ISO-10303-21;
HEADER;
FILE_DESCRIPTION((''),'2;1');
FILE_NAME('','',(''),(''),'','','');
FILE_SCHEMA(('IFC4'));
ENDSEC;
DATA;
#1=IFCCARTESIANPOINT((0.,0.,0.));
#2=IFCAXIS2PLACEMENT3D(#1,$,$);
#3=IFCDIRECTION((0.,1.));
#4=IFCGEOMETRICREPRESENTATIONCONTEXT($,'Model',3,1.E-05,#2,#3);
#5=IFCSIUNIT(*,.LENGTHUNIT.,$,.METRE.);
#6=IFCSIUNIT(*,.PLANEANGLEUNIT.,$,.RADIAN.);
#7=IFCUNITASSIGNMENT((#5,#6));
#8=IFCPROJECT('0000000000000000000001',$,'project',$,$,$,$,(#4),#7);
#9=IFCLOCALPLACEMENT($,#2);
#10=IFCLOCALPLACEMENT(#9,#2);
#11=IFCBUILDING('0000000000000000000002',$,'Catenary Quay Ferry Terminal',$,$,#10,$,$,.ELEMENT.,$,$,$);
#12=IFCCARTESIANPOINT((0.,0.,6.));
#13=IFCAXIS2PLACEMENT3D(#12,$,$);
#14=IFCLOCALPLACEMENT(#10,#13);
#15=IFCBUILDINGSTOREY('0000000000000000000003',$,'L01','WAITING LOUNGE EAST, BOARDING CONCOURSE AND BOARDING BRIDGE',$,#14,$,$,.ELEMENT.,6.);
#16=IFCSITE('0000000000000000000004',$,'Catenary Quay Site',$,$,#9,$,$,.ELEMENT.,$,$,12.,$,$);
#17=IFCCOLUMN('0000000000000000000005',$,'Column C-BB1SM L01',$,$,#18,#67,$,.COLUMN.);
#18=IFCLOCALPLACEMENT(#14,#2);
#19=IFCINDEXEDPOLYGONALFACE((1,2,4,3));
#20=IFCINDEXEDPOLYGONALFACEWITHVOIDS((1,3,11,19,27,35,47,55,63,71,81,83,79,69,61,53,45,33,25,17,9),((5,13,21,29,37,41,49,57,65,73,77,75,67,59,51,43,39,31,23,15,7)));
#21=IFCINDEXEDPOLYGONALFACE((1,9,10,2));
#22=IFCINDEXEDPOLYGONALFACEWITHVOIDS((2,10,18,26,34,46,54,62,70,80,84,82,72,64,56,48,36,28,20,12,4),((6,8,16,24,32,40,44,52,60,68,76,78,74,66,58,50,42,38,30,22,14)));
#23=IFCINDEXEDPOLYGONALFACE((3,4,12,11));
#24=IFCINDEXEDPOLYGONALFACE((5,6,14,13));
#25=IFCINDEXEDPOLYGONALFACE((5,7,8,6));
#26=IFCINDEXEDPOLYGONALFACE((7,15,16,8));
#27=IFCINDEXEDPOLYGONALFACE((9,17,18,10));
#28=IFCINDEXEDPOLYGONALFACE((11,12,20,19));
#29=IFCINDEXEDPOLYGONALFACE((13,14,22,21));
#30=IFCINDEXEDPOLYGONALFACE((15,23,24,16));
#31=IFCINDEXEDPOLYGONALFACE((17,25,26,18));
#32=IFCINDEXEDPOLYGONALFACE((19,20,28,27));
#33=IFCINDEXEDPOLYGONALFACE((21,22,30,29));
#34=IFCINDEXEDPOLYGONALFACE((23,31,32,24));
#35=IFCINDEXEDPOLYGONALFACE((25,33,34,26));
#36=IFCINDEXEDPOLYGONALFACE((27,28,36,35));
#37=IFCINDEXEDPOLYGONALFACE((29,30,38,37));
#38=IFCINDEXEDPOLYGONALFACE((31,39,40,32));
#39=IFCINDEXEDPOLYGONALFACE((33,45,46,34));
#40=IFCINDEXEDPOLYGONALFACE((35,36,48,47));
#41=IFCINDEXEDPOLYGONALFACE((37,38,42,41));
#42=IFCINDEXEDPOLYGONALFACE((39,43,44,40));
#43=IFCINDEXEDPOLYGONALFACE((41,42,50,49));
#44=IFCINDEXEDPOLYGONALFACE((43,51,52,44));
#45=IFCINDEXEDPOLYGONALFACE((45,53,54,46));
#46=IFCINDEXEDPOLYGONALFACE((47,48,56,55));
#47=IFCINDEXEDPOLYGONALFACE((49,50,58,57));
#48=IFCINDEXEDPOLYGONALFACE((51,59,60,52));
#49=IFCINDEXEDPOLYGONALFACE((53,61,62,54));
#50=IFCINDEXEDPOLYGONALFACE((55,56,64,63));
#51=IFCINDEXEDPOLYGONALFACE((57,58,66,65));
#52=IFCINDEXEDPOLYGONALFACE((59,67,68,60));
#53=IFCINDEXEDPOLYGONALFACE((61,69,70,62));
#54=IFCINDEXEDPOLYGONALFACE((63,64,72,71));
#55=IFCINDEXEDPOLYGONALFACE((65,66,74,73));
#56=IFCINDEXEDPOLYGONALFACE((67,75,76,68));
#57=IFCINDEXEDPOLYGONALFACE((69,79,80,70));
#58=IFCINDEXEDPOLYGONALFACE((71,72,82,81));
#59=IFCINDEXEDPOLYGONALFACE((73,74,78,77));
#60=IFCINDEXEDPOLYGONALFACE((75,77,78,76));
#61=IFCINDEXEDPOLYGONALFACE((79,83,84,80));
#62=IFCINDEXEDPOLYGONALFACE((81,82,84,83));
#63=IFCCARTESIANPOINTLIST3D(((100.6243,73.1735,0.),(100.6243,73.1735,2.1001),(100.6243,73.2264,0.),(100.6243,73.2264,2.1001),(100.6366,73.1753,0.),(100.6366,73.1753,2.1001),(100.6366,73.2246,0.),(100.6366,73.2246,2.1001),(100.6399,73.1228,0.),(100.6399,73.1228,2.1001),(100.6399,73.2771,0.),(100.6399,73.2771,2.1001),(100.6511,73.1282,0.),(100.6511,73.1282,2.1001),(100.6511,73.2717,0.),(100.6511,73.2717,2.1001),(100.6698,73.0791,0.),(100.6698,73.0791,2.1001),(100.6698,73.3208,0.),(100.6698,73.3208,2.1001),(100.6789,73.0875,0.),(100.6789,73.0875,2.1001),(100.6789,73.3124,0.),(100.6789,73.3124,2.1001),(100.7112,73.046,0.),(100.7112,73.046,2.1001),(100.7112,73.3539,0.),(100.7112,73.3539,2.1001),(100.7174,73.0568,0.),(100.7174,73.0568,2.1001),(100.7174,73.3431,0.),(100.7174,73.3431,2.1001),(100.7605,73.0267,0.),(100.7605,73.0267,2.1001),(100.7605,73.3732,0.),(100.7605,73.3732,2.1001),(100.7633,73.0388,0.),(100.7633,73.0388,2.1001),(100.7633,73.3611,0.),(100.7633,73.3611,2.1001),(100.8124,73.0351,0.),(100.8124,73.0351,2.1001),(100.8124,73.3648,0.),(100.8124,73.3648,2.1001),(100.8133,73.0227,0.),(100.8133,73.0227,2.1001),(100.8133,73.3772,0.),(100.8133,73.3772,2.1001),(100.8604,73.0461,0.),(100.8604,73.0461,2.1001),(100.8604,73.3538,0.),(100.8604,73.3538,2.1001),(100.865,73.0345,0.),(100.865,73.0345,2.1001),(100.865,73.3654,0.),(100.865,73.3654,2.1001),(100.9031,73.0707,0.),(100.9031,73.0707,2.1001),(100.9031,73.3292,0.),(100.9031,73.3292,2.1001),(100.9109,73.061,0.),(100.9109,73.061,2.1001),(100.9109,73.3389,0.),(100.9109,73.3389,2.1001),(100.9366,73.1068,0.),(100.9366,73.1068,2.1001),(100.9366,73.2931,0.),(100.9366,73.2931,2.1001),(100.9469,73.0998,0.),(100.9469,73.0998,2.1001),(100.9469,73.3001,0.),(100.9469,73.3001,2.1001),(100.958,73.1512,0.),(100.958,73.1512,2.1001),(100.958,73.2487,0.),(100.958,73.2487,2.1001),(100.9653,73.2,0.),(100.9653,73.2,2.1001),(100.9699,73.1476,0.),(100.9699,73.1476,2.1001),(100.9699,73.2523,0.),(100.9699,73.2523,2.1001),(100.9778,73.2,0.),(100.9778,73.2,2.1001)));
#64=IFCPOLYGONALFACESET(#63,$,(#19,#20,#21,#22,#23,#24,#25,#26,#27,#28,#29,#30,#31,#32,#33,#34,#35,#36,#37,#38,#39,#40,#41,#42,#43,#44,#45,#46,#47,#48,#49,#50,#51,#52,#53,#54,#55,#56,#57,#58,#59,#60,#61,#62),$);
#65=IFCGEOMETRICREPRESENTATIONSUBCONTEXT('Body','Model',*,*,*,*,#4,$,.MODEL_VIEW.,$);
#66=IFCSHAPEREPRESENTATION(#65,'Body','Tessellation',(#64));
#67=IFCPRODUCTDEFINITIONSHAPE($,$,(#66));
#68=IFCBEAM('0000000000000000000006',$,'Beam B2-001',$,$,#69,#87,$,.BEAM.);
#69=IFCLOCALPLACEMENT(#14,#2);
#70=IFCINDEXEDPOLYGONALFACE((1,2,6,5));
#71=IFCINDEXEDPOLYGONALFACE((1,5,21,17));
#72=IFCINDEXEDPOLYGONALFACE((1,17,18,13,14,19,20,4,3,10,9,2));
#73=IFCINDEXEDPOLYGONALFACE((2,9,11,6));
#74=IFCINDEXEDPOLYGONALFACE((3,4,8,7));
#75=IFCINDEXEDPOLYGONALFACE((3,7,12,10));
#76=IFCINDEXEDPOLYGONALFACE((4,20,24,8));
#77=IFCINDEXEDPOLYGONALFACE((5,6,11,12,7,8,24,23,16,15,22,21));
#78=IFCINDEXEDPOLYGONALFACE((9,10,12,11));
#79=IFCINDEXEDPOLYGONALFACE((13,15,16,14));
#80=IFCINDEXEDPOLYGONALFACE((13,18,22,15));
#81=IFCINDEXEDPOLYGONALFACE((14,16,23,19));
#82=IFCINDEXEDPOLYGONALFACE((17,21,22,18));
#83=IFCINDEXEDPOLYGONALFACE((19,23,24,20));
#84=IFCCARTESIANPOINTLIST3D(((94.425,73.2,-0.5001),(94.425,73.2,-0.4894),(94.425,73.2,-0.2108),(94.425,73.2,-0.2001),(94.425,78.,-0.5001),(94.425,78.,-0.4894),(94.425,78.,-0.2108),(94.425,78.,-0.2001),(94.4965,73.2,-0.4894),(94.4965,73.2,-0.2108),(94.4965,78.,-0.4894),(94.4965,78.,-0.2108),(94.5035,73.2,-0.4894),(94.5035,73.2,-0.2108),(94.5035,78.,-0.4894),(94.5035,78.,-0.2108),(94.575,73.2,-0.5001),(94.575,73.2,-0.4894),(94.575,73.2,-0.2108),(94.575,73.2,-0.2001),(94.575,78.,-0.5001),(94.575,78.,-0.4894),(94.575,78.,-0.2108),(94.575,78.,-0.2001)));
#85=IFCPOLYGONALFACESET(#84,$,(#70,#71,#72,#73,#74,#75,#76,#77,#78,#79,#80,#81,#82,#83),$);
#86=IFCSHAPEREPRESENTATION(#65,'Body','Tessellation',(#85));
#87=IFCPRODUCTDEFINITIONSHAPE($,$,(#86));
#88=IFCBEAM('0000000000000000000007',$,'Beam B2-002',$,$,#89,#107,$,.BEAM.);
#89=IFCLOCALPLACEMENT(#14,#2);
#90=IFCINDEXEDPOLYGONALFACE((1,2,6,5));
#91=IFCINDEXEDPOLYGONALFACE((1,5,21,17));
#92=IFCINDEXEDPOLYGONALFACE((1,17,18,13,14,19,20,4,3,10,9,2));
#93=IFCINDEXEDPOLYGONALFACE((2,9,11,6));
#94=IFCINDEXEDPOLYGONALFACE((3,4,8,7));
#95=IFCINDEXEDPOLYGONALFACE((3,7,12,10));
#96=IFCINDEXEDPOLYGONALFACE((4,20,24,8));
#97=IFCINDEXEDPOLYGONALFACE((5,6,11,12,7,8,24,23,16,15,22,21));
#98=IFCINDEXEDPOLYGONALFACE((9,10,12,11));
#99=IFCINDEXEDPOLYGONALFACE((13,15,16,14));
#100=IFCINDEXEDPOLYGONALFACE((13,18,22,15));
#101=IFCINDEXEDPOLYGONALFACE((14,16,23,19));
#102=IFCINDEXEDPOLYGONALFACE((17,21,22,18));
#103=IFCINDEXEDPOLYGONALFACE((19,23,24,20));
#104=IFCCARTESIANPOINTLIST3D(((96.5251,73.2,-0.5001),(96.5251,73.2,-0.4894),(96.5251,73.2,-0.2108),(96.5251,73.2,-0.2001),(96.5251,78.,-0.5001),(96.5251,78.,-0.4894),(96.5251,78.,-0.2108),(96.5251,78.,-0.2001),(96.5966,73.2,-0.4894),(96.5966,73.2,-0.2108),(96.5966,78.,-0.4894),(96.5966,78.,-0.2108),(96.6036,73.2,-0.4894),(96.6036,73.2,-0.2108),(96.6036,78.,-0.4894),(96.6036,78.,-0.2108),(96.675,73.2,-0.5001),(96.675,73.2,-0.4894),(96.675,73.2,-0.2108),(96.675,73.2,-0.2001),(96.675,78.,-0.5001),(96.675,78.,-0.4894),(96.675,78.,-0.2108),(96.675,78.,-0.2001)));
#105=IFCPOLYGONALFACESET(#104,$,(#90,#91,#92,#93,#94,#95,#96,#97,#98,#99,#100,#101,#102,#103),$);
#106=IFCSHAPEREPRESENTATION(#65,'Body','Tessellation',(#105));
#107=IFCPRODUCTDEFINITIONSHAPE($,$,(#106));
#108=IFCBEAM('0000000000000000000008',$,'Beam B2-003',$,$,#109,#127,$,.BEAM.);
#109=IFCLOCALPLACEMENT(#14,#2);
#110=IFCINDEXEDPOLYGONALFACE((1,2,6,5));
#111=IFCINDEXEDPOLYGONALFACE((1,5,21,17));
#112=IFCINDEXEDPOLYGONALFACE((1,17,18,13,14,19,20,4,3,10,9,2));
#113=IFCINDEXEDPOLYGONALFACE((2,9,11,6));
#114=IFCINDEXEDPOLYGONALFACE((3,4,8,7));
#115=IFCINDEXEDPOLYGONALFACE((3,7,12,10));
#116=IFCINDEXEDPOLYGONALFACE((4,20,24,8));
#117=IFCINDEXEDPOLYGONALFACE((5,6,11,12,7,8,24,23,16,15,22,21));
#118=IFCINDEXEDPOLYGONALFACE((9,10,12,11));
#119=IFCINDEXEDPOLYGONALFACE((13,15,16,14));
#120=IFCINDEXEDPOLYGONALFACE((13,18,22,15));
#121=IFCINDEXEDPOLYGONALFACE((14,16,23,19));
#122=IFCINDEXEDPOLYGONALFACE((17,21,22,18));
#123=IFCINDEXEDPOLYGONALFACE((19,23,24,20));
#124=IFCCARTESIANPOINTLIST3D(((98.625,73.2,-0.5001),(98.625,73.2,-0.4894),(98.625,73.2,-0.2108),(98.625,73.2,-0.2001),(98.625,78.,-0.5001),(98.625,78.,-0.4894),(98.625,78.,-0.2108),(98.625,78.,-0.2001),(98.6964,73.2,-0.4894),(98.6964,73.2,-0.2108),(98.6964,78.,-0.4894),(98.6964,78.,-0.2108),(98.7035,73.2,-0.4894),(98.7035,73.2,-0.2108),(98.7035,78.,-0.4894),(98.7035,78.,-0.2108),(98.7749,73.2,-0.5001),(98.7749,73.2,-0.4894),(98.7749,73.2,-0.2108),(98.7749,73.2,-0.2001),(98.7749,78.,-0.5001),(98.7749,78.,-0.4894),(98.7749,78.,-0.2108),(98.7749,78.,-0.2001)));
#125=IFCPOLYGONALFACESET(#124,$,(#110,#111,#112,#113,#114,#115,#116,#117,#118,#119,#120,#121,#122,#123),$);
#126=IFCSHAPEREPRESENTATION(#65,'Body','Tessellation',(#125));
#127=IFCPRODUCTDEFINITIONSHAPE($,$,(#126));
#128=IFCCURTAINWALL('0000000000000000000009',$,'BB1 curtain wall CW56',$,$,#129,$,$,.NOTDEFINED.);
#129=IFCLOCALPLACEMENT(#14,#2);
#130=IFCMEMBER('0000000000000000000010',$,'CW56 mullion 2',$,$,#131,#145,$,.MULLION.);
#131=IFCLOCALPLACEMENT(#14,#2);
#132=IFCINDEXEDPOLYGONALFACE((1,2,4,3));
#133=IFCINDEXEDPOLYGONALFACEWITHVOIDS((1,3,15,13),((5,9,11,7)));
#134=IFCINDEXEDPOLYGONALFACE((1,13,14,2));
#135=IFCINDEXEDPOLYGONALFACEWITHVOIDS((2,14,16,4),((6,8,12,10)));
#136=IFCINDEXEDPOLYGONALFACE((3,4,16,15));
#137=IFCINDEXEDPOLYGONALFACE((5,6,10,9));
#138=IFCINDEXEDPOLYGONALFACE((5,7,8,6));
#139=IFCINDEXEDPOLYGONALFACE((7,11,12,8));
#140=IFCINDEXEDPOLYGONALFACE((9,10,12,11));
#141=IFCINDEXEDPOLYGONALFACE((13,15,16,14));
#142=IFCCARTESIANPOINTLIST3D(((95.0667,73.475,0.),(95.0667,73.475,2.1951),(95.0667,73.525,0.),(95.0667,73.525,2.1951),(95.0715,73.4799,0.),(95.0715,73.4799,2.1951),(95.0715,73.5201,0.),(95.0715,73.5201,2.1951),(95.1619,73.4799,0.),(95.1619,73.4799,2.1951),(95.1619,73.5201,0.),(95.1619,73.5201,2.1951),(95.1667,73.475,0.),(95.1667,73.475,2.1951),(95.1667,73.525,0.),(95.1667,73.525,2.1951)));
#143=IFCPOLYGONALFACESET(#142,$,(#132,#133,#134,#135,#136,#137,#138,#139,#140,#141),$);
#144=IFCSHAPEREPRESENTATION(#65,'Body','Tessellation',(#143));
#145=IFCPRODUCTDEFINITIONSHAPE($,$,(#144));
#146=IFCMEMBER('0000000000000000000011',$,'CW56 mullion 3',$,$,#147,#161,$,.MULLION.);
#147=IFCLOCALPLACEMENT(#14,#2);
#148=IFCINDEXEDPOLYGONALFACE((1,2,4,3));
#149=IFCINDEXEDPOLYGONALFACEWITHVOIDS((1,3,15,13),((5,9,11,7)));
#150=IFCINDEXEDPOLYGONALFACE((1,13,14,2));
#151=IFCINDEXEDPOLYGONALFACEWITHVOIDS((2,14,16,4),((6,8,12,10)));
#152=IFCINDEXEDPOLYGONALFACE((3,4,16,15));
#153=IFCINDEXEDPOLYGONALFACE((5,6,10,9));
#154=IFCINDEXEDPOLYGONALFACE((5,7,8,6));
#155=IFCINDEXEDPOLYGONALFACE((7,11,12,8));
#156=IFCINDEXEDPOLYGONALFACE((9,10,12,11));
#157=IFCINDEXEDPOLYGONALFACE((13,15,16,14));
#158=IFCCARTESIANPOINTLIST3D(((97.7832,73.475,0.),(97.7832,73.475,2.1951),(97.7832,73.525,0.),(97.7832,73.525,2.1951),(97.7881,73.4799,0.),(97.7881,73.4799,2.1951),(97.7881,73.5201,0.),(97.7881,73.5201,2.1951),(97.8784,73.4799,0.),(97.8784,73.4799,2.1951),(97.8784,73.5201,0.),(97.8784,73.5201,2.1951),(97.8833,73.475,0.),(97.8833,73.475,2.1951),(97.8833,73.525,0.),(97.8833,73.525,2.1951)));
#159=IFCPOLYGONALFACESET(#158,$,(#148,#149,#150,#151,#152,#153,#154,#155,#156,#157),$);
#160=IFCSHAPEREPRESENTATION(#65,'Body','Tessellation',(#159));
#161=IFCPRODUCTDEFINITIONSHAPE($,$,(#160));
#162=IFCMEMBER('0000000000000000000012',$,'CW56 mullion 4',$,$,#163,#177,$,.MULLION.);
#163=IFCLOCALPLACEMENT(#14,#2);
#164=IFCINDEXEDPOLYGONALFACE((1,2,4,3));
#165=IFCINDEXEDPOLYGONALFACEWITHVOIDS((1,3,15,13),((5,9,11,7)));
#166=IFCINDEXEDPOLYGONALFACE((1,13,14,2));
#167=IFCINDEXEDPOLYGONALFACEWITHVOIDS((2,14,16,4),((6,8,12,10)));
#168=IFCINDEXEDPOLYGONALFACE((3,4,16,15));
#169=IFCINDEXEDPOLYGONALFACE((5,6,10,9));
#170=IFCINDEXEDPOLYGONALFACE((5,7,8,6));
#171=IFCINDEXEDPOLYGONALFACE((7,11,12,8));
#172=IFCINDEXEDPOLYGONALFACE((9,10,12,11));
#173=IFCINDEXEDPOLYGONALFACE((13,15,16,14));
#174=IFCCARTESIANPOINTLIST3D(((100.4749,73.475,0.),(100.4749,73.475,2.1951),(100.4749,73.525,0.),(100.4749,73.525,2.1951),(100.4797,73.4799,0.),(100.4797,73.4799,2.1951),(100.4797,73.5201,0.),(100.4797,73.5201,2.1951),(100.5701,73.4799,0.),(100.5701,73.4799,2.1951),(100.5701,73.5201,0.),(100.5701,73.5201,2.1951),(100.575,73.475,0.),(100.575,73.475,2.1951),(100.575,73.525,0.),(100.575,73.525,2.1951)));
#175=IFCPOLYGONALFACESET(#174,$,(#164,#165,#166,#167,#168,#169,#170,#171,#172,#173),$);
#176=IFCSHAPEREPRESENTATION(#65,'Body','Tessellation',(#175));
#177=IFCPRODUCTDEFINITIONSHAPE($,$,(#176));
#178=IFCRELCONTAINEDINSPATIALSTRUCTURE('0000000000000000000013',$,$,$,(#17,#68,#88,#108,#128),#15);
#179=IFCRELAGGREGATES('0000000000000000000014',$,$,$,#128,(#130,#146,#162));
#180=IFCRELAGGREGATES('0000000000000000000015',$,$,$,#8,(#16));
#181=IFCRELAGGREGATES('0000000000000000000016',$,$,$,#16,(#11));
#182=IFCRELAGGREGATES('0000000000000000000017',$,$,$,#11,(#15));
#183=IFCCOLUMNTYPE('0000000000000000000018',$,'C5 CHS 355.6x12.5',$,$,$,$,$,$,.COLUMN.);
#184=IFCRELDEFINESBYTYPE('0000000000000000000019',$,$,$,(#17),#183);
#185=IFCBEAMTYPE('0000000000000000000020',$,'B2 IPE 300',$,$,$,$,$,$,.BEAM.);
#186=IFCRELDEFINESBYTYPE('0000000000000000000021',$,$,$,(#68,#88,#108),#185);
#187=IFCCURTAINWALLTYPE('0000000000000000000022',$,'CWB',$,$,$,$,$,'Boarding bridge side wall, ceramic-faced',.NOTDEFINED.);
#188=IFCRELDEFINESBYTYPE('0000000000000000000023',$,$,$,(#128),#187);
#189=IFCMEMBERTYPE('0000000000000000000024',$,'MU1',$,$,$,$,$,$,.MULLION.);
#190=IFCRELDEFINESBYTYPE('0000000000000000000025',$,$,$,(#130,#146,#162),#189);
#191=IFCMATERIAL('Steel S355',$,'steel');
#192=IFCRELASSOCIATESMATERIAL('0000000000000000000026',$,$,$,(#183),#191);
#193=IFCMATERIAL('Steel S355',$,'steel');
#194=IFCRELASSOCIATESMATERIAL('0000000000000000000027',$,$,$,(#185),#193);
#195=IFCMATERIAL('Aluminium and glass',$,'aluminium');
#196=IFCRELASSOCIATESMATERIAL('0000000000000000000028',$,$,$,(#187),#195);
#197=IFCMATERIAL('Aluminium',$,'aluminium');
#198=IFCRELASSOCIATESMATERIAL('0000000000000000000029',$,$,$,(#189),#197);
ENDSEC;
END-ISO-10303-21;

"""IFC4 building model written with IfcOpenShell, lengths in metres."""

from ifc_helpers import new_model, si_unit, direction, frame, origin, origin_2d, place, context, subcontext, project, spatial, hollow_rectangle, hollow_circle, i_section, extrude, material, material_profile, profile_set, type_object, element, aggregate, save


model = new_model("IFC4")

# Units and contexts
model_context = context("Model", 3, precision=1e-05, world=origin(), true_north=direction((0.0, 1.0)))
body_context = subcontext(model_context, "Body", "Model", "MODEL_VIEW")
ifc_project = project(units=[si_unit("LENGTHUNIT", "METRE"), si_unit("PLANEANGLEUNIT", "RADIAN")], contexts=[model_context])

# Site, building, storey
site_placement = place(None, origin())
site = spatial("IfcSite", under=ifc_project, at=site_placement, Name="Catenary Quay Site", CompositionType="ELEMENT", RefElevation=12.0)
building_placement = place(site_placement, origin())
building = spatial("IfcBuilding", under=site, at=building_placement, Name="Catenary Quay Ferry Terminal", CompositionType="ELEMENT")
storey_placement = place(building_placement, frame((0.0, 0.0, 6.0)))
storey = spatial("IfcBuildingStorey", under=building, at=storey_placement, Name="L01", Description="WAITING LOUNGE EAST, BOARDING CONCOURSE AND BOARDING BRIDGE", CompositionType="ELEMENT", Elevation=6.0)

# Column
ifc_material_1 = material(Name="Steel S355", Category="steel")
ifc_material_profile_1 = material_profile(ifc_material_1, hollow_circle(Radius=0.1777, WallThickness=0.0125, at=origin_2d()), Name="CHS 355.6x12.5")
ifc_profile_set_1 = profile_set([ifc_material_profile_1], Name="Steel S355")
column_type = type_object("IfcColumnType", Name="C5 CHS 355.6x12.5", PredefinedType="COLUMN", material=ifc_profile_set_1)
column_placement = place(storey_placement, frame((100.8, 73.2, 0.0), z_axis=(0.0, 0.0, 1.0), x_axis=(1.0, 0.0, 0.0)))
element("IfcColumn", 1, at=column_placement, inside=storey, type_object=column_type, Name="Column C-BB1SM L01", PredefinedType="COLUMN", context=body_context, shape_type="SweptSolid", body=[
    extrude(hollow_circle(Radius=0.1777, WallThickness=0.0125, at=origin_2d()), origin(), (0.0, 0.0, 1.0), 2.1001),
])

# Beams
ifc_material_2 = material(Name="Steel S355", Category="steel")
ifc_material_profile_2 = material_profile(ifc_material_2, i_section(OverallWidth=0.1499, OverallDepth=0.3, WebThickness=0.0071, FlangeThickness=0.0107, at=origin_2d()), Name="IPE 300")
ifc_profile_set_2 = profile_set([ifc_material_profile_2], Name="Steel S355")
beam_type_1 = type_object("IfcBeamType", Name="B2 IPE 300", PredefinedType="BEAM", material=ifc_profile_set_2)
for number, where, z_axis, x_axis, name in (
    (2, (94.5, 73.2, -0.3501), (0.0, 1.0, 0.0), (-1.0, 0.0, 0.0), "Beam B2-001"),
    (3, (96.6001, 73.2, -0.3501), (0.0, 1.0, 0.0), (-1.0, 0.0, 0.0), "Beam B2-002"),
    (4, (98.7, 73.2, -0.3501), (0.0, 1.0, 0.0), (-1.0, 0.0, 0.0), "Beam B2-003"),
):
    element("IfcBeam", number, at=place(storey_placement, frame(where, z_axis=z_axis, x_axis=x_axis)), inside=storey, type_object=beam_type_1, Name=name, PredefinedType="BEAM", context=body_context, shape_type="SweptSolid", body=[
        extrude(i_section(OverallWidth=0.1499, OverallDepth=0.3, WebThickness=0.0071, FlangeThickness=0.0107, at=origin_2d()), origin(), (0.0, 0.0, 1.0), 4.8),
    ])

# Curtain wall, members
ifc_material_3 = material(Name="Aluminium and glass", Category="aluminium")
curtain_wall_type = type_object("IfcCurtainWallType", Name="CWB", ElementType="Boarding bridge side wall, ceramic-faced", PredefinedType="NOTDEFINED", material=ifc_material_3)
curtain_wall_placement = place(storey_placement, origin())
curtain_wall = element("IfcCurtainWall", 5, at=curtain_wall_placement, inside=storey, type_object=curtain_wall_type, Name="BB1 curtain wall CW56", PredefinedType="NOTDEFINED")
ifc_material_4 = material(Name="Aluminium", Category="aluminium")
ifc_material_profile_3 = material_profile(ifc_material_4, hollow_rectangle(XDim=0.05, YDim=0.1001, WallThickness=0.0049, at=origin_2d()), Name="MU1")
ifc_profile_set_3 = profile_set([ifc_material_profile_3], Name="Aluminium")
member_type_1 = type_object("IfcMemberType", Name="MU1", PredefinedType="MULLION", material=ifc_profile_set_3)
member_1_placement = place(storey_placement, frame((95.1167, 73.5, 0.0), z_axis=(0.0, 0.0, 1.0), x_axis=(0.0, 1.0, 0.0)))
member_1 = element("IfcMember", 6, at=member_1_placement, type_object=member_type_1, Name="CW56 mullion 2", PredefinedType="MULLION", context=body_context, shape_type="SweptSolid", body=[
    extrude(hollow_rectangle(XDim=0.05, YDim=0.1001, WallThickness=0.0049, at=origin_2d()), origin(), (0.0, 0.0, 1.0), 2.1951),
])
member_2_placement = place(storey_placement, frame((97.8333, 73.5, 0.0), z_axis=(0.0, 0.0, 1.0), x_axis=(0.0, 1.0, 0.0)))
member_2 = element("IfcMember", 7, at=member_2_placement, type_object=member_type_1, Name="CW56 mullion 3", PredefinedType="MULLION", context=body_context, shape_type="SweptSolid", body=[
    extrude(hollow_rectangle(XDim=0.05, YDim=0.1001, WallThickness=0.0049, at=origin_2d()), origin(), (0.0, 0.0, 1.0), 2.1951),
])
member_3_placement = place(storey_placement, frame((100.5249, 73.5, 0.0), z_axis=(0.0, 0.0, 1.0), x_axis=(0.0, 1.0, 0.0)))
member_3 = element("IfcMember", 8, at=member_3_placement, type_object=member_type_1, Name="CW56 mullion 4", PredefinedType="MULLION", context=body_context, shape_type="SweptSolid", body=[
    extrude(hollow_rectangle(XDim=0.05, YDim=0.1001, WallThickness=0.0049, at=origin_2d()), origin(), (0.0, 0.0, 1.0), 2.1951),
])

aggregate(curtain_wall, [member_1, member_2, member_3])

save(model, "model.ifc")
